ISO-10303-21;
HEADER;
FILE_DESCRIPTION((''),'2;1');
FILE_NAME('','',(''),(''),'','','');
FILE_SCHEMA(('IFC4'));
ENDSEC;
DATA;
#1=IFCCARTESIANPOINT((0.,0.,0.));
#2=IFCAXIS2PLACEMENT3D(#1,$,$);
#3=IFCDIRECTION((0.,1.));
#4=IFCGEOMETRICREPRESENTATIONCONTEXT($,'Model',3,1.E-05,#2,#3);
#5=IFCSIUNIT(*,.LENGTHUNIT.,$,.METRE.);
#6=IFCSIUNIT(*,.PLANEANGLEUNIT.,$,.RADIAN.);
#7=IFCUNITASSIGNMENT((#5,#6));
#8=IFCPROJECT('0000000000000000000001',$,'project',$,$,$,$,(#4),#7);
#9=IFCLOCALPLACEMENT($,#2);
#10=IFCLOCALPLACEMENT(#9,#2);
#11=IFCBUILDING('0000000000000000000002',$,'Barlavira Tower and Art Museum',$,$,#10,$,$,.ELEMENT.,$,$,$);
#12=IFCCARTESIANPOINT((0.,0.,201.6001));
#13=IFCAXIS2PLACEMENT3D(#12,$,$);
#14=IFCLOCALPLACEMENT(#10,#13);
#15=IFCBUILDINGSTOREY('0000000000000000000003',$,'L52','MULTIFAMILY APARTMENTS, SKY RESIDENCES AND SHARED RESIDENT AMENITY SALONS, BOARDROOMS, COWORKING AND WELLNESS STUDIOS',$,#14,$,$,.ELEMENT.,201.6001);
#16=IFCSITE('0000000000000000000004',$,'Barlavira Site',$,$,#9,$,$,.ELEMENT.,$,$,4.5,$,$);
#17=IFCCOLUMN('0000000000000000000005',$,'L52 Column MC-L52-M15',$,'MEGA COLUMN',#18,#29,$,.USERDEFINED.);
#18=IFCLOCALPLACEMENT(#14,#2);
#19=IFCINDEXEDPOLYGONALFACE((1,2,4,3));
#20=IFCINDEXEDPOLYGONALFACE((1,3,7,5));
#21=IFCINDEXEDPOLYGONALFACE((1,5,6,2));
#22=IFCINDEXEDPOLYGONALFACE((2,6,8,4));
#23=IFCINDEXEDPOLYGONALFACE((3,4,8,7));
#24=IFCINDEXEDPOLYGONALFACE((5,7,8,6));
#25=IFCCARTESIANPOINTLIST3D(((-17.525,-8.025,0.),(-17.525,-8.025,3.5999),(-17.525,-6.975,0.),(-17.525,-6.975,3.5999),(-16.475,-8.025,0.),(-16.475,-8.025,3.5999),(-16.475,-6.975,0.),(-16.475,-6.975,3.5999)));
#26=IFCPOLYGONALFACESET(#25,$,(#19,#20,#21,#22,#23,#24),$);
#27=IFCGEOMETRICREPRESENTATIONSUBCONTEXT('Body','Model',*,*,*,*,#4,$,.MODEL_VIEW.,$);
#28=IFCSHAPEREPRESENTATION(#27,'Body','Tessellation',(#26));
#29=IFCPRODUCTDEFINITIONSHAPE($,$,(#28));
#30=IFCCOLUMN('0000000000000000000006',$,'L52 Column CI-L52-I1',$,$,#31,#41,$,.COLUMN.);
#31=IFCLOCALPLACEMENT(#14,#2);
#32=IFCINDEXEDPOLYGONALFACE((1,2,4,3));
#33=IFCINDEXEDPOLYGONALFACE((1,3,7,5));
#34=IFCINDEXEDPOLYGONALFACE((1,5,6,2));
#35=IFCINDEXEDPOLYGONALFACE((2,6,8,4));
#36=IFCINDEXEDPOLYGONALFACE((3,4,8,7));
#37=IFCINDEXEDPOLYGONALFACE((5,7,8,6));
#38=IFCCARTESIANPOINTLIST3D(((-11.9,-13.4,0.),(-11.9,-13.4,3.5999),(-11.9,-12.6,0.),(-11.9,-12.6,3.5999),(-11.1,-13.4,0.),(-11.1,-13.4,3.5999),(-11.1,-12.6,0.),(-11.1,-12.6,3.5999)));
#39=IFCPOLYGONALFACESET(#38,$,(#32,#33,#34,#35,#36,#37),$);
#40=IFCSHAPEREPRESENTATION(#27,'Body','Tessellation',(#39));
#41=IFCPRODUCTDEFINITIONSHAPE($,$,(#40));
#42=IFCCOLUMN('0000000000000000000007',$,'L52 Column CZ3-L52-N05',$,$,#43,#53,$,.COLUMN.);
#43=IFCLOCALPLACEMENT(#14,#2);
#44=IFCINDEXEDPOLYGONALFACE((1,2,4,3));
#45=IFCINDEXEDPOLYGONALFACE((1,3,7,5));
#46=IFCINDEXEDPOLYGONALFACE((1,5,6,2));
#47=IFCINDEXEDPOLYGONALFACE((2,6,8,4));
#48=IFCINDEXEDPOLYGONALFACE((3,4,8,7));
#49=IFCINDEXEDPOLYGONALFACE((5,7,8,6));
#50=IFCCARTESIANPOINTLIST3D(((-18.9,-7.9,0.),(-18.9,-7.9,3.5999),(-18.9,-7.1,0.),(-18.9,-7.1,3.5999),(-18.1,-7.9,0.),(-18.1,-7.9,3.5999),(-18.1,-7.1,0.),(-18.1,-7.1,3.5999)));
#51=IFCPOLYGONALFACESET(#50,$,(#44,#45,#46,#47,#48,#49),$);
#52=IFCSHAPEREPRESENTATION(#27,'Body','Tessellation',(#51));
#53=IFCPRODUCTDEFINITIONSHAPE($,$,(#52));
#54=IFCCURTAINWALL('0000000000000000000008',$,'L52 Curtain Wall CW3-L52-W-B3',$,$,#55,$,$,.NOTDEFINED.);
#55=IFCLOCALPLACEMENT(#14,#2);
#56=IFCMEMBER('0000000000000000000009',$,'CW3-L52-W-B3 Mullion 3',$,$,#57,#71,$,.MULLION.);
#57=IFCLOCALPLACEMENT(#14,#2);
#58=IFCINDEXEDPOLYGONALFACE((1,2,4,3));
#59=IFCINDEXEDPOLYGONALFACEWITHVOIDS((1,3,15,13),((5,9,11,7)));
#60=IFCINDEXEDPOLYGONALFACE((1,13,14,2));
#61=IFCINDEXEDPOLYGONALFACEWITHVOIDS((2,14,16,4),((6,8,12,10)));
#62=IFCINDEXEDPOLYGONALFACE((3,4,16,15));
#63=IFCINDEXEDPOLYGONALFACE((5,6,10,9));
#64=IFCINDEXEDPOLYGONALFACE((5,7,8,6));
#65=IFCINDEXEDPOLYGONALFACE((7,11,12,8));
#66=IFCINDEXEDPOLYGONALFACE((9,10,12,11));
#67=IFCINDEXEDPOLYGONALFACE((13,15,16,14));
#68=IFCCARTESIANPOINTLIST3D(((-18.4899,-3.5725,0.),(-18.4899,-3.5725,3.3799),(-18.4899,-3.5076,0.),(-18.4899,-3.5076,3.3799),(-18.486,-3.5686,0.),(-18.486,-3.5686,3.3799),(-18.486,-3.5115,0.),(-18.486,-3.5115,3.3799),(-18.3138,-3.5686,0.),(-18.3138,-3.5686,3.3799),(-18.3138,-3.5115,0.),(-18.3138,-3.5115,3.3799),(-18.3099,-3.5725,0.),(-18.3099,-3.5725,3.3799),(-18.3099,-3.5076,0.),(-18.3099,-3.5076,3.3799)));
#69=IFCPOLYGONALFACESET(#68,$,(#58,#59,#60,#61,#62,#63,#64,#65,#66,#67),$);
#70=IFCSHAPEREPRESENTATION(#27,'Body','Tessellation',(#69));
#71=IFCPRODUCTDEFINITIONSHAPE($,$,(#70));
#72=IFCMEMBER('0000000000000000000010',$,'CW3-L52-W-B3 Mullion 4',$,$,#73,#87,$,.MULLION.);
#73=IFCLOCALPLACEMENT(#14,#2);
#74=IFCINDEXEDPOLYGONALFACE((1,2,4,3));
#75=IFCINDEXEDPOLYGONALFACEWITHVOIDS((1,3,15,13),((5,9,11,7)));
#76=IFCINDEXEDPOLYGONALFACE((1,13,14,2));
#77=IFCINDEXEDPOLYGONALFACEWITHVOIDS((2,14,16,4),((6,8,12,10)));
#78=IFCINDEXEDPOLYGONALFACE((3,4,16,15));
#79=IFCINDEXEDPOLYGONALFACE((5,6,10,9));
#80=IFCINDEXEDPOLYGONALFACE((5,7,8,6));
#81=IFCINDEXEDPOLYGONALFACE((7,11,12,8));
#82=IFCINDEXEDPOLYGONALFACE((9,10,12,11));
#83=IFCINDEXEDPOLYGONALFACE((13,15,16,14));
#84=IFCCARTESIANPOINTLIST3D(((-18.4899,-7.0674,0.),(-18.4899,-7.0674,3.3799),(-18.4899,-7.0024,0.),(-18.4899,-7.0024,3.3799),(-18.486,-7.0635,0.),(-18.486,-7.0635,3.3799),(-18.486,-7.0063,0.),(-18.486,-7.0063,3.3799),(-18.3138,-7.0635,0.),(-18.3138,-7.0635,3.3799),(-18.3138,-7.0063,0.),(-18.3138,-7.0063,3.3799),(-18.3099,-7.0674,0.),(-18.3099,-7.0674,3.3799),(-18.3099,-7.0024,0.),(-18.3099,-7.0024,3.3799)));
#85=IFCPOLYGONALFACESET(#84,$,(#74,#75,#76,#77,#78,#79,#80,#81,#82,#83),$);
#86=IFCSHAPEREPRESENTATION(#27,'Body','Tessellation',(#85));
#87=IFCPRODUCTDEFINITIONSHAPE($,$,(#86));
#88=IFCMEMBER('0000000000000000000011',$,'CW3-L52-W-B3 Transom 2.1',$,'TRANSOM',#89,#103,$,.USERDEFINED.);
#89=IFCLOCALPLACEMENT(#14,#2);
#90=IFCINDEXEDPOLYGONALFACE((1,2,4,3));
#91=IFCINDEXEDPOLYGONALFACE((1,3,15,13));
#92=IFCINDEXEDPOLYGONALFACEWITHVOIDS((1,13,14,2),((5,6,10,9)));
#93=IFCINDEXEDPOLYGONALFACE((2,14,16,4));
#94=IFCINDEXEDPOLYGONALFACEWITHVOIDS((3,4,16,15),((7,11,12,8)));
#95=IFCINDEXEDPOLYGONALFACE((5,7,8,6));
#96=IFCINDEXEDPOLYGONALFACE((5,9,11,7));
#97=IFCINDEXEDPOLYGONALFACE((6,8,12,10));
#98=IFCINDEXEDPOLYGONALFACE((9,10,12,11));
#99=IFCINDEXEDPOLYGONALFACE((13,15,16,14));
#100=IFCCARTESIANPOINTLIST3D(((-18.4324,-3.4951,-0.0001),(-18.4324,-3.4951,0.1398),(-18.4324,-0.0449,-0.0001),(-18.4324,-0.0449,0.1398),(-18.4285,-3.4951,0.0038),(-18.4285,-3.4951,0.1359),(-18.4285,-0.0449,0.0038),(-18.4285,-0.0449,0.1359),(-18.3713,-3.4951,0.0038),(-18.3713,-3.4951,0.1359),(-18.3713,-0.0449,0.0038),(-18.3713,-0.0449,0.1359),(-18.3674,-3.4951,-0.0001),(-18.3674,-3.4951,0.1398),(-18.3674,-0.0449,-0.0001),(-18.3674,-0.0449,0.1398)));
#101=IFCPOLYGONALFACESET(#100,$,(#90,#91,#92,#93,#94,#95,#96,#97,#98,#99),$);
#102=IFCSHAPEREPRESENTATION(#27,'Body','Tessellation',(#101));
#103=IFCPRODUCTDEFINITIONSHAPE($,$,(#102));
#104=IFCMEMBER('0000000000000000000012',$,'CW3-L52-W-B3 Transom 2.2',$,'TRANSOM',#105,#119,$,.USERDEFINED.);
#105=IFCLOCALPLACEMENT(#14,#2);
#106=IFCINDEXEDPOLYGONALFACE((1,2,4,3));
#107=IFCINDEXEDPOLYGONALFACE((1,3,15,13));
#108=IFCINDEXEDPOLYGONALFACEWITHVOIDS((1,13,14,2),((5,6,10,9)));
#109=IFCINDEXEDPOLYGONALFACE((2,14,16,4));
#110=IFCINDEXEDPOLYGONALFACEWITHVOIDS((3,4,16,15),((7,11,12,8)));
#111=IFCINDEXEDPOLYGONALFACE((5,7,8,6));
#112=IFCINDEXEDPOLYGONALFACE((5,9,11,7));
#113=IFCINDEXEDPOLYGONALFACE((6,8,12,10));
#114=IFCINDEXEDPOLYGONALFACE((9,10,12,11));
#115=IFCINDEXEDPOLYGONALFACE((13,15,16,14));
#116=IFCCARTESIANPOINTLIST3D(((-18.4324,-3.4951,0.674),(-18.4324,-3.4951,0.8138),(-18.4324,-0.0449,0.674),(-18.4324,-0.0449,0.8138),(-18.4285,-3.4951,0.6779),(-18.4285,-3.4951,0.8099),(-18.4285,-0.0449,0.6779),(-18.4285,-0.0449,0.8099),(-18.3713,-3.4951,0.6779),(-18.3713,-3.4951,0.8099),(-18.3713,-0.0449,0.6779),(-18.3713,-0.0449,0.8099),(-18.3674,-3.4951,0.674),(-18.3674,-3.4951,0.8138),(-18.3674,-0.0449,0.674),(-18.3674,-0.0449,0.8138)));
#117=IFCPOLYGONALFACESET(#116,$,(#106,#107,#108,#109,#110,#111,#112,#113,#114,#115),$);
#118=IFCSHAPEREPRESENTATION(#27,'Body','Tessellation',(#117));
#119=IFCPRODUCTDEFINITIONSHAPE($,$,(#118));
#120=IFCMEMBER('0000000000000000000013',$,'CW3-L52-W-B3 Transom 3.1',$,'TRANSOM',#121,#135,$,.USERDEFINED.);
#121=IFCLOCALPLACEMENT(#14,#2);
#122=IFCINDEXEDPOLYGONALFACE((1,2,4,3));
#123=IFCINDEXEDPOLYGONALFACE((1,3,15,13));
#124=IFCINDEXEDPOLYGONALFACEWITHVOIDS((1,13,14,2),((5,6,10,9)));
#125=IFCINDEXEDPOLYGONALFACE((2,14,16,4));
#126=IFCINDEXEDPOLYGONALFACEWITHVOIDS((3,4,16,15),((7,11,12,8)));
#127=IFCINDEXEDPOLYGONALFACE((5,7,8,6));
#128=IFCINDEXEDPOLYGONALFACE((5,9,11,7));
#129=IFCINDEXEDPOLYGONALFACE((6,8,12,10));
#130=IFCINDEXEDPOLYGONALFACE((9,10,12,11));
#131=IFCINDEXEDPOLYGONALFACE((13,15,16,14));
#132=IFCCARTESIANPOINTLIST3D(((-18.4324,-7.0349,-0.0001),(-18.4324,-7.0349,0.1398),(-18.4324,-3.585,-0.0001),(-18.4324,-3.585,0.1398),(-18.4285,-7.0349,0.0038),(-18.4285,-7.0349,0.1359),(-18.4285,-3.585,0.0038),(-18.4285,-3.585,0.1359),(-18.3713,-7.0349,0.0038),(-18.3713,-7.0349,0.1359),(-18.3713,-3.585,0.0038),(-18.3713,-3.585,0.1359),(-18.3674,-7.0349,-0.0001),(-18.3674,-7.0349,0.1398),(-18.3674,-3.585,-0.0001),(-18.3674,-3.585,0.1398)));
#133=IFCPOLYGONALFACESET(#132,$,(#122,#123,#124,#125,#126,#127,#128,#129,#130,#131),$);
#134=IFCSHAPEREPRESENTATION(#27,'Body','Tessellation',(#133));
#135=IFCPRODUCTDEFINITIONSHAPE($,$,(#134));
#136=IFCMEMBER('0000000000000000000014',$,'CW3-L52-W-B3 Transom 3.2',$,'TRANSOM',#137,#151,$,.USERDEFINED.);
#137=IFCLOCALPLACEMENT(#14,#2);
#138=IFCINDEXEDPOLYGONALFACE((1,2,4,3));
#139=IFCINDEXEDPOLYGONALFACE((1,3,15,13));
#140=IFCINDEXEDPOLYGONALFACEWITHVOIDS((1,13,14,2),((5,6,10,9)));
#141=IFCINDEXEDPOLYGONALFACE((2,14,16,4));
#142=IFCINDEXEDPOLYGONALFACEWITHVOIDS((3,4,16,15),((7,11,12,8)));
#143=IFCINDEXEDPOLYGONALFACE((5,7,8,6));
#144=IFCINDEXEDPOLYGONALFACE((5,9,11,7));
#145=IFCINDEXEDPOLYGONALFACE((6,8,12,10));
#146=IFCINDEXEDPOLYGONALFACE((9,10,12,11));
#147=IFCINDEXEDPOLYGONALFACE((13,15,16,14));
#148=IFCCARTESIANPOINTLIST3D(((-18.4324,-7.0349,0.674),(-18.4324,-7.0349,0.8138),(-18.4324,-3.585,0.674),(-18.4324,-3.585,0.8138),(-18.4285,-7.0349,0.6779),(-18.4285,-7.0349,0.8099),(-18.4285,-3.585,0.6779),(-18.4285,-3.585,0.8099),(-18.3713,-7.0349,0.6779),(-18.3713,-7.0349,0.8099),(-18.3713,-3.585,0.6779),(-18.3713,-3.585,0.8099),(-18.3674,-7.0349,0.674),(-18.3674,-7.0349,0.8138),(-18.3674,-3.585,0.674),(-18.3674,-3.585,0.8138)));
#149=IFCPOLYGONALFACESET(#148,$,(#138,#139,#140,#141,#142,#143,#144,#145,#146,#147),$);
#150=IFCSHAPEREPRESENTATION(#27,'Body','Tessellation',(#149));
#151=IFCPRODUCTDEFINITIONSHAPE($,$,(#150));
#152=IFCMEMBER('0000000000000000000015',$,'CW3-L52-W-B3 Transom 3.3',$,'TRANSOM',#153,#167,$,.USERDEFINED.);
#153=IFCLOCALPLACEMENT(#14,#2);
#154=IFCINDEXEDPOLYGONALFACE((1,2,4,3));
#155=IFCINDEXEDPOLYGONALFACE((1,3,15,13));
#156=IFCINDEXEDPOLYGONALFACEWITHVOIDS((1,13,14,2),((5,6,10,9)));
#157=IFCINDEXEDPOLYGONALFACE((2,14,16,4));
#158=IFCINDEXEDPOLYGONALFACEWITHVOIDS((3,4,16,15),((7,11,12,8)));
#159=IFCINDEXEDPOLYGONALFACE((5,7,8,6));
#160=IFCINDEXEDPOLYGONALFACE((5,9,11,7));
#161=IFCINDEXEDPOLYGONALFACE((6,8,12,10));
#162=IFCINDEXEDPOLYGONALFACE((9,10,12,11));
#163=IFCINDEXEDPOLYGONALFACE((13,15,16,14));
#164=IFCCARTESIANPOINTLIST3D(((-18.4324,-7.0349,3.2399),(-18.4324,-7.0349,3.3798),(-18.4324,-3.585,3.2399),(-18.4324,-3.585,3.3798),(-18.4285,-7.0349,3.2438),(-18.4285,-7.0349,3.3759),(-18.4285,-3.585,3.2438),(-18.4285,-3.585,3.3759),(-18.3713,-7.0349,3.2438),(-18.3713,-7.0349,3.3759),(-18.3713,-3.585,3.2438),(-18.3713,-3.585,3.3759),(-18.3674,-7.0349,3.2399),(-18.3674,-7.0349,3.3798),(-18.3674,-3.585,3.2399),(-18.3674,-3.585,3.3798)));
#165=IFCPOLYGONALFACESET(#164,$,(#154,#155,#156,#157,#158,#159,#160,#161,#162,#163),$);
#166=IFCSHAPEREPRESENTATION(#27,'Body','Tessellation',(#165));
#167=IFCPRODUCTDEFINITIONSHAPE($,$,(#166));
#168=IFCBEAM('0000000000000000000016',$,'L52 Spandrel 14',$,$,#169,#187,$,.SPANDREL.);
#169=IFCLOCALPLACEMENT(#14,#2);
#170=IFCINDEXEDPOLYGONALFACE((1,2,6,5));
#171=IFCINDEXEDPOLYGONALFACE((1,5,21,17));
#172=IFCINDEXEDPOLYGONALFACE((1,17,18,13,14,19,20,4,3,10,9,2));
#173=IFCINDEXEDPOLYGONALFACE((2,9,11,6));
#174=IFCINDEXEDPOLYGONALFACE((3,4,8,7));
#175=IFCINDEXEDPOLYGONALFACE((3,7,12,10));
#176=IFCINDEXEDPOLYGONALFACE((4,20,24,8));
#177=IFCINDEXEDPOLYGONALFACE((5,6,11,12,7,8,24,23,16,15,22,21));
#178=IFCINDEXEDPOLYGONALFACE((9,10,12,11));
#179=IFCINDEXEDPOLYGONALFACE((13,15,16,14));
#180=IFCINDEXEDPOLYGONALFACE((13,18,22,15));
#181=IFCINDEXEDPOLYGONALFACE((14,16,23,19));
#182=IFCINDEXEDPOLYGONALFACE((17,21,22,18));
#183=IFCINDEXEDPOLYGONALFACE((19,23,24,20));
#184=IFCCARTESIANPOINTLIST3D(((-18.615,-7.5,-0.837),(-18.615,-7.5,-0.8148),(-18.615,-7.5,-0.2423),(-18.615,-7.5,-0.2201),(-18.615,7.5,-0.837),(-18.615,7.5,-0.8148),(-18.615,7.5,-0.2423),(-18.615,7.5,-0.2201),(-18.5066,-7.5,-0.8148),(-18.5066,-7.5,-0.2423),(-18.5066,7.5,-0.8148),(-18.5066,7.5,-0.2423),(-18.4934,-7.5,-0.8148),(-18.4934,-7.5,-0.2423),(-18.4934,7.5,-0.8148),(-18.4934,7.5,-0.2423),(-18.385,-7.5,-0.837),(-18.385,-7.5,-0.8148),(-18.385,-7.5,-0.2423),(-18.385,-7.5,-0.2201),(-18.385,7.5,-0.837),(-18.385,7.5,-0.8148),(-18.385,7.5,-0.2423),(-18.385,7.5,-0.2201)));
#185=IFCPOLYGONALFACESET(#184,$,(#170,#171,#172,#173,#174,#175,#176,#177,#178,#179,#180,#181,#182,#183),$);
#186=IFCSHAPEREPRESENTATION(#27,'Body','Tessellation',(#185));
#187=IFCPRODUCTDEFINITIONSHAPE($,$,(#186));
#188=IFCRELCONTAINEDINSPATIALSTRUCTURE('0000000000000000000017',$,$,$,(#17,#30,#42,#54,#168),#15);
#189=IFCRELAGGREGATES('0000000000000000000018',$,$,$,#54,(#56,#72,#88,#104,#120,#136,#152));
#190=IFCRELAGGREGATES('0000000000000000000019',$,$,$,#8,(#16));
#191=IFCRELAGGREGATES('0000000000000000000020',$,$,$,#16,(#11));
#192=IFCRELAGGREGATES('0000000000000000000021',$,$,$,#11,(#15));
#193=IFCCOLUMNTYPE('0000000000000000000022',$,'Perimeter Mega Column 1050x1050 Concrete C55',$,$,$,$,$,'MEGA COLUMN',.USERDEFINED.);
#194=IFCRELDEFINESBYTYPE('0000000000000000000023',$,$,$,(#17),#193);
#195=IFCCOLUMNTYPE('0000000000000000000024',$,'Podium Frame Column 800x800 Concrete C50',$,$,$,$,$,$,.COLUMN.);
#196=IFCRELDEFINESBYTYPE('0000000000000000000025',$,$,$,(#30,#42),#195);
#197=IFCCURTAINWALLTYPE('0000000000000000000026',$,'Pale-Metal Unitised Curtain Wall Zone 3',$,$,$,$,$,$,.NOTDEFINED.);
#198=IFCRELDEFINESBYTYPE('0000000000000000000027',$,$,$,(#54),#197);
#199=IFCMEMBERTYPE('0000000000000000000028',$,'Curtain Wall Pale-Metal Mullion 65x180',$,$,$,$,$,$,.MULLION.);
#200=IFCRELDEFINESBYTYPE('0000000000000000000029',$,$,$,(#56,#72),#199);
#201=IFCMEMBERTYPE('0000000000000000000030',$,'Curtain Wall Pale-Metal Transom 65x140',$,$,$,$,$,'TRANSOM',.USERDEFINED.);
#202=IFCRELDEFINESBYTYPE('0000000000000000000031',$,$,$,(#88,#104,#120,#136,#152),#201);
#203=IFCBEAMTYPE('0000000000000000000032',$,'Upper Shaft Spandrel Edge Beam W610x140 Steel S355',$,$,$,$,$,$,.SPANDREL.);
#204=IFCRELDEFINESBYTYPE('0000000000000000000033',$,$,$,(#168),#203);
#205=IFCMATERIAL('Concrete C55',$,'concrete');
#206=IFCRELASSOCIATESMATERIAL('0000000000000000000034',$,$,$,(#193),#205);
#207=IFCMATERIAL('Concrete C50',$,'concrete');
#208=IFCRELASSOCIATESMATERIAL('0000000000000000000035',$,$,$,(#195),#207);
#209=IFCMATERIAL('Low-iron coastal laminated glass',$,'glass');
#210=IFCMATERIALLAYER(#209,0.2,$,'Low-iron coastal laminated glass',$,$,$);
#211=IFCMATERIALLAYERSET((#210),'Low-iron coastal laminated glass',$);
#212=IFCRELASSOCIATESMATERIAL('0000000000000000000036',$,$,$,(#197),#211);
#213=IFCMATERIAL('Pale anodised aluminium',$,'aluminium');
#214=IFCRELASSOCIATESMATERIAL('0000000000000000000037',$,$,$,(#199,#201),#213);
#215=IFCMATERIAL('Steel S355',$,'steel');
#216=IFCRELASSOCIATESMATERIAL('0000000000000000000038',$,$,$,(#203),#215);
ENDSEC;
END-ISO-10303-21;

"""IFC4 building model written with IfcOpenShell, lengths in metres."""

from ifc_helpers import new_model, si_unit, direction, frame, origin, origin_2d, place, context, subcontext, project, spatial, rectangle, hollow_rectangle, i_section, extrude, material, layer, layer_set, material_profile, profile_set, type_object, element, aggregate, save


model = new_model("IFC4")

# Units and contexts
model_context = context("Model", 3, precision=1e-05, world=origin(), true_north=direction((0.0, 1.0)))
body_context = subcontext(model_context, "Body", "Model", "MODEL_VIEW")
ifc_project = project(units=[si_unit("LENGTHUNIT", "METRE"), si_unit("PLANEANGLEUNIT", "RADIAN")], contexts=[model_context])

# Site, building, storey
site_placement = place(None, origin())
site = spatial("IfcSite", under=ifc_project, at=site_placement, Name="Barlavira Site", CompositionType="ELEMENT", RefElevation=4.5)
building_placement = place(site_placement, origin())
building = spatial("IfcBuilding", under=site, at=building_placement, Name="Barlavira Tower and Art Museum", CompositionType="ELEMENT")
storey_placement = place(building_placement, frame((0.0, 0.0, 201.6001)))
storey = spatial("IfcBuildingStorey", under=building, at=storey_placement, Name="L52", Description="MULTIFAMILY APARTMENTS, SKY RESIDENCES AND SHARED RESIDENT AMENITY SALONS, BOARDROOMS, COWORKING AND WELLNESS STUDIOS", CompositionType="ELEMENT", Elevation=201.6001)

# Columns
ifc_material_1 = material(Name="Concrete C55", Category="concrete")
ifc_material_profile_1 = material_profile(ifc_material_1, rectangle(XDim=1.05, YDim=1.05, at=origin_2d()), Name="RC-COL 1050x1050")
ifc_profile_set_1 = profile_set([ifc_material_profile_1], Name="Concrete C55")
column_type_1 = type_object("IfcColumnType", Name="Perimeter Mega Column 1050x1050 Concrete C55", ElementType="MEGA COLUMN", PredefinedType="USERDEFINED", material=ifc_profile_set_1)
column_placement = place(storey_placement, frame((-17.0, -7.5, 0.0), z_axis=(0.0, 0.0, 1.0), x_axis=(1.0, 0.0, 0.0)))
element("IfcColumn", 1, at=column_placement, inside=storey, type_object=column_type_1, Name="L52 Column MC-L52-M15", ObjectType="MEGA COLUMN", PredefinedType="USERDEFINED", context=body_context, shape_type="SweptSolid", body=[
    extrude(rectangle(XDim=1.05, YDim=1.05, at=origin_2d()), origin(), (0.0, 0.0, 1.0), 3.5999),
])
ifc_material_2 = material(Name="Concrete C50", Category="concrete")
ifc_material_profile_2 = material_profile(ifc_material_2, rectangle(XDim=0.8, YDim=0.8, at=origin_2d()), Name="RC-COL 800x800")
ifc_profile_set_2 = profile_set([ifc_material_profile_2], Name="Concrete C50")
column_type_2 = type_object("IfcColumnType", Name="Podium Frame Column 800x800 Concrete C50", PredefinedType="COLUMN", material=ifc_profile_set_2)
for number, where, z_axis, x_axis, name in (
    (2, (-11.5, -13.0, 0.0), (0.0, 0.0, 1.0), (1.0, 0.0, 0.0), "L52 Column CI-L52-I1"),
    (3, (-18.5, -7.5, 0.0), (0.0, 0.0, 1.0), (1.0, 0.0, 0.0), "L52 Column CZ3-L52-N05"),
):
    element("IfcColumn", number, at=place(storey_placement, frame(where, z_axis=z_axis, x_axis=x_axis)), inside=storey, type_object=column_type_2, Name=name, PredefinedType="COLUMN", context=body_context, shape_type="SweptSolid", body=[
        extrude(rectangle(XDim=0.8, YDim=0.8, at=origin_2d()), origin(), (0.0, 0.0, 1.0), 3.5999),
    ])

# Curtain wall, members
ifc_material_3 = material(Name="Low-iron coastal laminated glass", Category="glass")
ifc_layer_1 = layer(ifc_material_3, 0.2, Name="Low-iron coastal laminated glass")
ifc_layer_set_1 = layer_set([ifc_layer_1], Name="Low-iron coastal laminated glass")
curtain_wall_type = type_object("IfcCurtainWallType", Name="Pale-Metal Unitised Curtain Wall Zone 3", PredefinedType="NOTDEFINED", material=ifc_layer_set_1)
curtain_wall_placement = place(storey_placement, origin())
curtain_wall = element("IfcCurtainWall", 4, at=curtain_wall_placement, inside=storey, type_object=curtain_wall_type, Name="L52 Curtain Wall CW3-L52-W-B3", PredefinedType="NOTDEFINED")
ifc_material_4 = material(Name="Pale anodised aluminium", Category="aluminium")
ifc_material_profile_3 = material_profile(ifc_material_4, hollow_rectangle(XDim=0.0649, YDim=0.1799, WallThickness=0.0039, at=origin_2d()), Name="ALU-MULL 65x180x4")
ifc_profile_set_3 = profile_set([ifc_material_profile_3], Name="Pale anodised aluminium")
member_type_1 = type_object("IfcMemberType", Name="Curtain Wall Pale-Metal Mullion 65x180", PredefinedType="MULLION", material=ifc_profile_set_3)
member_1_placement = place(storey_placement, frame((-18.3999, -3.54, 0.0), z_axis=(0.0, 0.0, 1.0), x_axis=(0.0, -1.0, 0.0)))
member_1 = element("IfcMember", 5, at=member_1_placement, type_object=member_type_1, Name="CW3-L52-W-B3 Mullion 3", PredefinedType="MULLION", context=body_context, shape_type="SweptSolid", body=[
    extrude(hollow_rectangle(XDim=0.0649, YDim=0.1799, WallThickness=0.0039, at=origin_2d()), origin(), (0.0, 0.0, 1.0), 3.3799),
])
member_2_placement = place(storey_placement, frame((-18.3999, -7.0349, 0.0), z_axis=(0.0, 0.0, 1.0), x_axis=(0.0, -1.0, 0.0)))
member_2 = element("IfcMember", 6, at=member_2_placement, type_object=member_type_1, Name="CW3-L52-W-B3 Mullion 4", PredefinedType="MULLION", context=body_context, shape_type="SweptSolid", body=[
    extrude(hollow_rectangle(XDim=0.0649, YDim=0.1799, WallThickness=0.0039, at=origin_2d()), origin(), (0.0, 0.0, 1.0), 3.3799),
])
ifc_material_profile_4 = material_profile(ifc_material_4, hollow_rectangle(XDim=0.0649, YDim=0.1399, WallThickness=0.0039, at=origin_2d()), Name="ALU-TRAN 65x140x4")
ifc_profile_set_4 = profile_set([ifc_material_profile_4], Name="Pale anodised aluminium")
member_type_2 = type_object("IfcMemberType", Name="Curtain Wall Pale-Metal Transom 65x140", ElementType="TRANSOM", PredefinedType="USERDEFINED", material=ifc_profile_set_4)
member_3_placement = place(storey_placement, frame((-18.3999, -0.0449, 0.0698), z_axis=(0.0, -1.0, 0.0), x_axis=(1.0, 0.0, 0.0)))
member_3 = element("IfcMember", 7, at=member_3_placement, type_object=member_type_2, Name="CW3-L52-W-B3 Transom 2.1", ObjectType="TRANSOM", PredefinedType="USERDEFINED", context=body_context, shape_type="SweptSolid", body=[
    extrude(hollow_rectangle(XDim=0.0649, YDim=0.1399, WallThickness=0.0039, at=origin_2d()), origin(), (0.0, 0.0, 1.0), 3.4502),
])
member_4_placement = place(storey_placement, frame((-18.3999, -0.0449, 0.7439), z_axis=(0.0, -1.0, 0.0), x_axis=(1.0, 0.0, 0.0)))
member_4 = element("IfcMember", 8, at=member_4_placement, type_object=member_type_2, Name="CW3-L52-W-B3 Transom 2.2", ObjectType="TRANSOM", PredefinedType="USERDEFINED", context=body_context, shape_type="SweptSolid", body=[
    extrude(hollow_rectangle(XDim=0.0649, YDim=0.1399, WallThickness=0.0039, at=origin_2d()), origin(), (0.0, 0.0, 1.0), 3.4502),
])
member_5_placement = place(storey_placement, frame((-18.3999, -3.585, 0.0698), z_axis=(0.0, -1.0, 0.0), x_axis=(1.0, 0.0, 0.0)))
member_5 = element("IfcMember", 9, at=member_5_placement, type_object=member_type_2, Name="CW3-L52-W-B3 Transom 3.1", ObjectType="TRANSOM", PredefinedType="USERDEFINED", context=body_context, shape_type="SweptSolid", body=[
    extrude(hollow_rectangle(XDim=0.0649, YDim=0.1399, WallThickness=0.0039, at=origin_2d()), origin(), (0.0, 0.0, 1.0), 3.45),
])
member_6_placement = place(storey_placement, frame((-18.3999, -3.585, 0.7439), z_axis=(0.0, -1.0, 0.0), x_axis=(1.0, 0.0, 0.0)))
member_6 = element("IfcMember", 10, at=member_6_placement, type_object=member_type_2, Name="CW3-L52-W-B3 Transom 3.2", ObjectType="TRANSOM", PredefinedType="USERDEFINED", context=body_context, shape_type="SweptSolid", body=[
    extrude(hollow_rectangle(XDim=0.0649, YDim=0.1399, WallThickness=0.0039, at=origin_2d()), origin(), (0.0, 0.0, 1.0), 3.45),
])
member_7_placement = place(storey_placement, frame((-18.3999, -3.585, 3.3098), z_axis=(0.0, -1.0, 0.0), x_axis=(1.0, 0.0, 0.0)))
member_7 = element("IfcMember", 11, at=member_7_placement, type_object=member_type_2, Name="CW3-L52-W-B3 Transom 3.3", ObjectType="TRANSOM", PredefinedType="USERDEFINED", context=body_context, shape_type="SweptSolid", body=[
    extrude(hollow_rectangle(XDim=0.0649, YDim=0.1399, WallThickness=0.0039, at=origin_2d()), origin(), (0.0, 0.0, 1.0), 3.45),
])

# Beam
ifc_material_5 = material(Name="Steel S355", Category="steel")
ifc_material_profile_5 = material_profile(ifc_material_5, i_section(OverallWidth=0.23, OverallDepth=0.6169, WebThickness=0.0132, FlangeThickness=0.0222, at=origin_2d()), Name="W610x140.0")
ifc_profile_set_5 = profile_set([ifc_material_profile_5], Name="Steel S355")
beam_type_1 = type_object("IfcBeamType", Name="Upper Shaft Spandrel Edge Beam W610x140 Steel S355", PredefinedType="SPANDREL", material=ifc_profile_set_5)
beam_1_placement = place(storey_placement, frame((-18.5, -7.5, -0.5286), z_axis=(0.0, 1.0, 0.0), x_axis=(-1.0, 0.0, 0.0)))
element("IfcBeam", 12, at=beam_1_placement, inside=storey, type_object=beam_type_1, Name="L52 Spandrel 14", PredefinedType="SPANDREL", context=body_context, shape_type="SweptSolid", body=[
    extrude(i_section(OverallWidth=0.23, OverallDepth=0.6169, WebThickness=0.0132, FlangeThickness=0.0222, at=origin_2d()), origin(), (0.0, 0.0, 1.0), 15.0),
])

aggregate(curtain_wall, [member_1, member_2, member_3, member_4, member_5, member_6, member_7])

save(model, "model.ifc")
